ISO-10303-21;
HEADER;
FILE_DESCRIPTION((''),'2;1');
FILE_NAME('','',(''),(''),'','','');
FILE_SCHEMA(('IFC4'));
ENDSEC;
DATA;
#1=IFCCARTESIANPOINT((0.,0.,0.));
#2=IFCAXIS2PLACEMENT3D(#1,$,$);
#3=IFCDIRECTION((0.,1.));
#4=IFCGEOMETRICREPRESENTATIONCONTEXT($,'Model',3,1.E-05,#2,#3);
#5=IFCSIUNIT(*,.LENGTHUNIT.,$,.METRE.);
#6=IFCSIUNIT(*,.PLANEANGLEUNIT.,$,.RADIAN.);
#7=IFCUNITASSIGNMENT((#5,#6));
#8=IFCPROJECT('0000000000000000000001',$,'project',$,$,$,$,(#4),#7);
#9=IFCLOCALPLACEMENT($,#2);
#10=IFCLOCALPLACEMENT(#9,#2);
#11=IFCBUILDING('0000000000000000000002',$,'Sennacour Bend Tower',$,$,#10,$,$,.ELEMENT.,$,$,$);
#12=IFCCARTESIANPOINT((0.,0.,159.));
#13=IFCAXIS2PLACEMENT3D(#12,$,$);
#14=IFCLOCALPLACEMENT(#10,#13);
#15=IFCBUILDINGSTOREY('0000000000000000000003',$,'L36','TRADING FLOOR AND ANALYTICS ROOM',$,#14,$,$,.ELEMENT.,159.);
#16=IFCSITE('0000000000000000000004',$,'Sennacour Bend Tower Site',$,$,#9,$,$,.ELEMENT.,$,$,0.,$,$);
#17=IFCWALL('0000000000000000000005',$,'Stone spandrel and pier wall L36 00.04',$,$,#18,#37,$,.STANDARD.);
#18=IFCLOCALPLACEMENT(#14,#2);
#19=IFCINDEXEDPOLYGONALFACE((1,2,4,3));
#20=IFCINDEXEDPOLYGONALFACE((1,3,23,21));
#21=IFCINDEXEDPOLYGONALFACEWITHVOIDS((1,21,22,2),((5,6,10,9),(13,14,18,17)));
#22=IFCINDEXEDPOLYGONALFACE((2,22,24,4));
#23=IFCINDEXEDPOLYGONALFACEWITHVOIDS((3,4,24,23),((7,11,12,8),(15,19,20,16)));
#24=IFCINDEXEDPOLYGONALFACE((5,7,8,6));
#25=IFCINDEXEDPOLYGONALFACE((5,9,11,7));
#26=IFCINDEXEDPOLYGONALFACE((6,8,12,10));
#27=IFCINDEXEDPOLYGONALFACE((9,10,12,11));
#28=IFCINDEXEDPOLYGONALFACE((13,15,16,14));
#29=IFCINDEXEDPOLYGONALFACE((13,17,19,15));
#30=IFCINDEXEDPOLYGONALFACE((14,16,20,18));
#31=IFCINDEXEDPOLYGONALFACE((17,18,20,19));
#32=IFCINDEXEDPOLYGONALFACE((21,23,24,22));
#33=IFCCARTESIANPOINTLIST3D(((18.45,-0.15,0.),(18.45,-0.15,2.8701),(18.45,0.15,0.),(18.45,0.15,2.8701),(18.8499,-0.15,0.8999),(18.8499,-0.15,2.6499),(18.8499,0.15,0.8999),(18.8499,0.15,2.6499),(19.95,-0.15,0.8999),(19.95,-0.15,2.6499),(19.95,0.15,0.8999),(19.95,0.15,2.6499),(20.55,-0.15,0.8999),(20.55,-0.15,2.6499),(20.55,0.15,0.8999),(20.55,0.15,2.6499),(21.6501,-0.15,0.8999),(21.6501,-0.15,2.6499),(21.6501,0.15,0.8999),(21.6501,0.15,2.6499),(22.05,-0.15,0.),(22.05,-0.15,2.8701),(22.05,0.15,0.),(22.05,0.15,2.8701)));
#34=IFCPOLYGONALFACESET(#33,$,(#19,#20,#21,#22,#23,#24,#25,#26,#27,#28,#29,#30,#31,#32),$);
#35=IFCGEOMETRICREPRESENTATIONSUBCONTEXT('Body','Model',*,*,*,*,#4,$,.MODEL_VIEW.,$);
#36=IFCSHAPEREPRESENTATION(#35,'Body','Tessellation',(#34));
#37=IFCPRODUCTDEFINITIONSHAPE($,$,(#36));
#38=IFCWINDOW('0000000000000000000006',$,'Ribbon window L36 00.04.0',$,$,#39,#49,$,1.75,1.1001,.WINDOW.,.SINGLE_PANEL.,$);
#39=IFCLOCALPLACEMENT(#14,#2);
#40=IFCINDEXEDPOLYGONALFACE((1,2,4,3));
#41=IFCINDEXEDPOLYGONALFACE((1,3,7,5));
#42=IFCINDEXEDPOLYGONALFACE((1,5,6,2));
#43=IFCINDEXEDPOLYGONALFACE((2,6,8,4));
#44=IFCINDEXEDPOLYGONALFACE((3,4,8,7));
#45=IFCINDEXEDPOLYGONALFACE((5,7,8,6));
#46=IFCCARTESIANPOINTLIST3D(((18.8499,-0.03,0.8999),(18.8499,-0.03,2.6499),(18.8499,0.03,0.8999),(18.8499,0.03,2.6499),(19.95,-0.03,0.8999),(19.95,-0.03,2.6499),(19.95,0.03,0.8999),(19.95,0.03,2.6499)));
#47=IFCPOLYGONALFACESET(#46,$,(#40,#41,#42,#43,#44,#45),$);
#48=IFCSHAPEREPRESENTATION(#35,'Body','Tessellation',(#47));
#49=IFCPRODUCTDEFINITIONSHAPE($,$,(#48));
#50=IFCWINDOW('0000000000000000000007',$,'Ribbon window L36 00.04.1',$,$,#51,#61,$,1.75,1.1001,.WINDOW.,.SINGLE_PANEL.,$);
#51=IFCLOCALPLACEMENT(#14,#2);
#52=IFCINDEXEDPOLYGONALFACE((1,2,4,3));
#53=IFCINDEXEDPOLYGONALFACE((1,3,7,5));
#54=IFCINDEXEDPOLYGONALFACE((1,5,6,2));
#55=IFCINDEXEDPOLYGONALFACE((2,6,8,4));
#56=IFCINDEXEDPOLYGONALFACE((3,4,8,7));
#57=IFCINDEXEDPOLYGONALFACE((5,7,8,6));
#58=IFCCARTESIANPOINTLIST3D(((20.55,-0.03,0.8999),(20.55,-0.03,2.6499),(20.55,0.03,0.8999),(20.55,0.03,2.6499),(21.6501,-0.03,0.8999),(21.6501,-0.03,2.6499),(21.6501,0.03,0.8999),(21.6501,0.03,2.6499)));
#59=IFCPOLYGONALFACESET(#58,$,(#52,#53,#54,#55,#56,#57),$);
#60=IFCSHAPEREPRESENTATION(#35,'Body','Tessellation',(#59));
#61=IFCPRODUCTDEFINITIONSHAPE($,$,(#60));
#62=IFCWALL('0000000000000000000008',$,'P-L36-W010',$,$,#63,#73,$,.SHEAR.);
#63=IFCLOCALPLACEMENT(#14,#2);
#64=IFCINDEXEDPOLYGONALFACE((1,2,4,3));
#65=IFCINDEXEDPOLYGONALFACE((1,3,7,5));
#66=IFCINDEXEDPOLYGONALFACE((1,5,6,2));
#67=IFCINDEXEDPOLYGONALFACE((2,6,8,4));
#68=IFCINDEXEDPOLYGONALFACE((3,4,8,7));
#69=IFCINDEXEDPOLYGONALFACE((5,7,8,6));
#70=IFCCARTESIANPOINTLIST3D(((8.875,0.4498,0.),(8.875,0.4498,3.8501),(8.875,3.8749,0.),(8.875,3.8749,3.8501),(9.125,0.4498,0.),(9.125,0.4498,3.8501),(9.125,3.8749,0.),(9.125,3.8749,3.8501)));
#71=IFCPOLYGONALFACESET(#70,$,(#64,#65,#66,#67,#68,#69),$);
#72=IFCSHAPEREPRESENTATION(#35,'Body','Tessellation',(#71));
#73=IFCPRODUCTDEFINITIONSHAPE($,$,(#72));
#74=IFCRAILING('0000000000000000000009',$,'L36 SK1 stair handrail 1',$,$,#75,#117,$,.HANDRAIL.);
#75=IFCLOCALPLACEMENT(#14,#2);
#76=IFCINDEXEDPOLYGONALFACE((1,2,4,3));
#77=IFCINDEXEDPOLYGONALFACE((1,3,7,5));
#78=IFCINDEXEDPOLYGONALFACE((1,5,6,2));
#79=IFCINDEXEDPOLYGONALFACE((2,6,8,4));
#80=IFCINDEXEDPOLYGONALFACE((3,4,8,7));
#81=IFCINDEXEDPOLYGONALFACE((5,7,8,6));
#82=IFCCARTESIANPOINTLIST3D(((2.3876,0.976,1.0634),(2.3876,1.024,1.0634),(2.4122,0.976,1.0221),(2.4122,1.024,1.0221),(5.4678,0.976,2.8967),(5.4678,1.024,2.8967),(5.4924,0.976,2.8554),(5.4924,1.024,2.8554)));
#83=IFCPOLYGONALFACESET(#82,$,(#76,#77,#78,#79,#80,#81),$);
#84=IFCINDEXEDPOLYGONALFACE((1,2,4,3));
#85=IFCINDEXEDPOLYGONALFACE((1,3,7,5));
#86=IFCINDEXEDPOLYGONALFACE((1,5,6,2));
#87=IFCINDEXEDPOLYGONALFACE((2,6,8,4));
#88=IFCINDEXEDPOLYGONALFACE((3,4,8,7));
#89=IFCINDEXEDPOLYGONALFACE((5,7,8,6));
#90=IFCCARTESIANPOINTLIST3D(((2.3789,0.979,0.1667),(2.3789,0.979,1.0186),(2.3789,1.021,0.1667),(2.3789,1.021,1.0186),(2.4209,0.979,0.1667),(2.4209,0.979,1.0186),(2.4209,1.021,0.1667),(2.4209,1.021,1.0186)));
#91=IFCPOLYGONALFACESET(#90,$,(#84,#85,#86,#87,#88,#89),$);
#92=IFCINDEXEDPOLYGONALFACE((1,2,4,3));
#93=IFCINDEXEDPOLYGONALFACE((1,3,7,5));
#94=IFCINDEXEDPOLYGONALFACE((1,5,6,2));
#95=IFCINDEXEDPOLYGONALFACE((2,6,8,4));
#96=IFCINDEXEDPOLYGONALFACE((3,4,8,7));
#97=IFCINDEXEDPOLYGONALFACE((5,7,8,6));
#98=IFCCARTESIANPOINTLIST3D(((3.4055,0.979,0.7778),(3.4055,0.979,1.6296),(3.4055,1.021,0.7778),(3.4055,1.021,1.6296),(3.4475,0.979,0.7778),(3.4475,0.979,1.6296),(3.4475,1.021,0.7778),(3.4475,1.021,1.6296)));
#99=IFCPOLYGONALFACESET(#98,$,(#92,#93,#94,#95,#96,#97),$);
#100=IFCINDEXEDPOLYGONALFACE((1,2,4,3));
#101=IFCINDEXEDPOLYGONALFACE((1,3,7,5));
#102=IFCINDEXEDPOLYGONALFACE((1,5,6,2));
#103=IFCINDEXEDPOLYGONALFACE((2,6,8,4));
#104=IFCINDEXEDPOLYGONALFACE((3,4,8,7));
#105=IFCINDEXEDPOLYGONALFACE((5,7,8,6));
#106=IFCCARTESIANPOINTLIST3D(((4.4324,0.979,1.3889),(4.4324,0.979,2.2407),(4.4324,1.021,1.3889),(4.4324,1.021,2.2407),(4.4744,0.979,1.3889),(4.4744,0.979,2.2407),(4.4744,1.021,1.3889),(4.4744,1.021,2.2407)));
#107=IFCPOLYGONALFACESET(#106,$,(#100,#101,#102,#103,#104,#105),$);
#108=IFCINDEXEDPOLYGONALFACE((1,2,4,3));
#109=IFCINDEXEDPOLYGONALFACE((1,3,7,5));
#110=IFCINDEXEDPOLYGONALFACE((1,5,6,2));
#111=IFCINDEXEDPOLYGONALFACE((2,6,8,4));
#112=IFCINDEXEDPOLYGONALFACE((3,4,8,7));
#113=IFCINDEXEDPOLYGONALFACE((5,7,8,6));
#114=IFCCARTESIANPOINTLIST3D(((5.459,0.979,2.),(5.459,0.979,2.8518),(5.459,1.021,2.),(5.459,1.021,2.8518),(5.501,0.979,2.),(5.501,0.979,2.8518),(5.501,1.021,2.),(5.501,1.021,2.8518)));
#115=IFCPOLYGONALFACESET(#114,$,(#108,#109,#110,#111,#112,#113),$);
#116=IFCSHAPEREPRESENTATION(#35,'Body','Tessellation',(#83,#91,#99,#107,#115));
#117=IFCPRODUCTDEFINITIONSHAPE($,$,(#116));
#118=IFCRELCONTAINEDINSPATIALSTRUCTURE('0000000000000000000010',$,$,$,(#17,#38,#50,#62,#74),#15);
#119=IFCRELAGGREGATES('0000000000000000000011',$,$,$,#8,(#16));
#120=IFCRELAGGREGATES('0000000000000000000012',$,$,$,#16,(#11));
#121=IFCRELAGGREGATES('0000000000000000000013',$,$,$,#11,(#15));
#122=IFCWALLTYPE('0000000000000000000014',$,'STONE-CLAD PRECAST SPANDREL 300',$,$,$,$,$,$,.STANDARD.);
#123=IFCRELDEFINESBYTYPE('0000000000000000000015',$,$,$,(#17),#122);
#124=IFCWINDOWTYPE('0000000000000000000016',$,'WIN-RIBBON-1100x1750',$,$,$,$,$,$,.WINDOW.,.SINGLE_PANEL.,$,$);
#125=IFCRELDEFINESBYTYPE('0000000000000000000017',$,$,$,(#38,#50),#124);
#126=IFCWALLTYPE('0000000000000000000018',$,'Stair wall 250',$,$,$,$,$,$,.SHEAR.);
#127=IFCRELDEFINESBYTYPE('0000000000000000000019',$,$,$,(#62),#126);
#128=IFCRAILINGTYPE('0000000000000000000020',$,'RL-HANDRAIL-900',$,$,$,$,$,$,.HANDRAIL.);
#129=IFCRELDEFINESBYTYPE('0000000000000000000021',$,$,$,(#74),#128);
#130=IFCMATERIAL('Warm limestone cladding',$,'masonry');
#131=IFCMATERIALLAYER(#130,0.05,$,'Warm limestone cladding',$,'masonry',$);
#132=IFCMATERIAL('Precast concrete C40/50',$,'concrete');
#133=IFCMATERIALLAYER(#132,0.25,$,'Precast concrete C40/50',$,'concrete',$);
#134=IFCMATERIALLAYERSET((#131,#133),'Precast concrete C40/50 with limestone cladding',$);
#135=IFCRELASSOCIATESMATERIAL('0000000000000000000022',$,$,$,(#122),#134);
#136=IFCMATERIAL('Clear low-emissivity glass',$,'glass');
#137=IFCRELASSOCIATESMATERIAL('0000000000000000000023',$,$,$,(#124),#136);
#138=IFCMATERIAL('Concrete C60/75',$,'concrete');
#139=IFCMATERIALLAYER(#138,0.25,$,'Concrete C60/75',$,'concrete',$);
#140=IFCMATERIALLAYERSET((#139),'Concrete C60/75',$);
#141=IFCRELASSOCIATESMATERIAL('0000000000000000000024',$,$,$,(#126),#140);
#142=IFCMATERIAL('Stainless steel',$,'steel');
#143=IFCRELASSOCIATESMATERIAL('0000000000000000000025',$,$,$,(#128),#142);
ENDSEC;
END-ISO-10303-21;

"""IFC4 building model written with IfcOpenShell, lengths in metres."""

from ifc_helpers import new_model, si_unit, direction, frame, frame_2d, origin, origin_2d, place, context, subcontext, project, spatial, rectangle, extrude, material, layer, layer_set, type_object, element, fill, save


model = new_model("IFC4")

# Units and contexts
model_context = context("Model", 3, precision=1e-05, world=origin(), true_north=direction((0.0, 1.0)))
body_context = subcontext(model_context, "Body", "Model", "MODEL_VIEW")
ifc_project = project(units=[si_unit("LENGTHUNIT", "METRE"), si_unit("PLANEANGLEUNIT", "RADIAN")], contexts=[model_context])

# Site, building, storey
site_placement = place(None, origin())
site = spatial("IfcSite", under=ifc_project, at=site_placement, Name="Sennacour Bend Tower Site", CompositionType="ELEMENT", RefElevation=0.0)
building_placement = place(site_placement, origin())
building = spatial("IfcBuilding", under=site, at=building_placement, Name="Sennacour Bend Tower", CompositionType="ELEMENT")
storey_placement = place(building_placement, frame((0.0, 0.0, 159.0)))
storey = spatial("IfcBuildingStorey", under=building, at=storey_placement, Name="L36", Description="TRADING FLOOR AND ANALYTICS ROOM", CompositionType="ELEMENT", Elevation=159.0)

# Wall, openings, windows
ifc_material_1 = material(Name="Warm limestone cladding", Category="masonry")
ifc_layer_1 = layer(ifc_material_1, 0.05, Name="Warm limestone cladding", Category="masonry")
ifc_material_2 = material(Name="Precast concrete C40/50", Category="concrete")
ifc_layer_2 = layer(ifc_material_2, 0.25, Name="Precast concrete C40/50", Category="concrete")
ifc_layer_set_1 = layer_set([ifc_layer_1, ifc_layer_2], Name="Precast concrete C40/50 with limestone cladding")
wall_type_1 = type_object("IfcWallType", Name="STONE-CLAD PRECAST SPANDREL 300", PredefinedType="STANDARD", material=ifc_layer_set_1)
ifc_material_3 = material(Name="Clear low-emissivity glass", Category="glass")
window_type_1 = type_object("IfcWindowType", Name="WIN-RIBBON-1100x1750", PartitioningType="SINGLE_PANEL", PredefinedType="WINDOW", material=ifc_material_3)
wall_1_placement = place(storey_placement, frame((18.45, 0.0, 0.0), z_axis=(0.0, 0.0, 1.0), x_axis=(1.0, 0.0, 0.0)))
wall_1 = element("IfcWall", 1, at=wall_1_placement, inside=storey, type_object=wall_type_1, Name="Stone spandrel and pier wall L36 00.04", PredefinedType="STANDARD", context=body_context, shape_type="SweptSolid", body=[
    extrude(rectangle(XDim=3.6001, YDim=0.3, at=frame_2d((1.8, 0.0))), origin(), (0.0, 0.0, 1.0), 2.8701),
])
opening_1_placement = place(wall_1_placement, frame((0.3999, 0.0, 0.8999)))
opening_1 = element("IfcOpeningElement", 2, at=opening_1_placement, cuts=wall_1, PredefinedType="OPENING", context=body_context, shape_type="SweptSolid", body=[
    extrude(rectangle(XDim=1.1001, YDim=1.75, at=frame_2d((0.55, 0.875))), frame((0.0, 0.1602, 0.0), z_axis=(0.0, -1.0, 0.0), x_axis=(1.0, 0.0, 0.0)), (0.0, 0.0, 1.0), 0.3201),
])
opening_2_placement = place(wall_1_placement, frame((2.1001, 0.0, 0.8999)))
opening_2 = element("IfcOpeningElement", 3, at=opening_2_placement, cuts=wall_1, PredefinedType="OPENING", context=body_context, shape_type="SweptSolid", body=[
    extrude(rectangle(XDim=1.1001, YDim=1.75, at=frame_2d((0.55, 0.875))), frame((0.0, 0.1602, 0.0), z_axis=(0.0, -1.0, 0.0), x_axis=(1.0, 0.0, 0.0)), (0.0, 0.0, 1.0), 0.3201),
])
window_1_placement = place(opening_1_placement, origin())
window_1 = element("IfcWindow", 4, at=window_1_placement, inside=storey, type_object=window_type_1, Name="Ribbon window L36 00.04.0", OverallHeight=1.75, OverallWidth=1.1001, PartitioningType="SINGLE_PANEL", PredefinedType="WINDOW", context=body_context, shape_type="SweptSolid", body=[
    extrude(rectangle(XDim=1.1001, YDim=1.75, at=frame_2d((0.55, 0.875))), frame((0.0, 0.03, 0.0), z_axis=(0.0, -1.0, 0.0), x_axis=(1.0, 0.0, 0.0)), (0.0, 0.0, 1.0), 0.0601),
])
fill(opening_1, window_1)
window_2_placement = place(opening_2_placement, origin())
window_2 = element("IfcWindow", 5, at=window_2_placement, inside=storey, type_object=window_type_1, Name="Ribbon window L36 00.04.1", OverallHeight=1.75, OverallWidth=1.1001, PartitioningType="SINGLE_PANEL", PredefinedType="WINDOW", context=body_context, shape_type="SweptSolid", body=[
    extrude(rectangle(XDim=1.1001, YDim=1.75, at=frame_2d((0.55, 0.875))), frame((0.0, 0.03, 0.0), z_axis=(0.0, -1.0, 0.0), x_axis=(1.0, 0.0, 0.0)), (0.0, 0.0, 1.0), 0.0601),
])
fill(opening_2, window_2)

# Wall
ifc_material_4 = material(Name="Concrete C60/75", Category="concrete")
ifc_layer_3 = layer(ifc_material_4, 0.25, Name="Concrete C60/75", Category="concrete")
ifc_layer_set_2 = layer_set([ifc_layer_3], Name="Concrete C60/75")
wall_type_2 = type_object("IfcWallType", Name="Stair wall 250", PredefinedType="SHEAR", material=ifc_layer_set_2)
wall_2_placement = place(storey_placement, frame((9.0, 0.45, 0.0), z_axis=(0.0, 0.0, 1.0), x_axis=(0.0, 1.0, 0.0)))
element("IfcWall", 6, at=wall_2_placement, inside=storey, type_object=wall_type_2, Name="P-L36-W010", PredefinedType="SHEAR", context=body_context, shape_type="SweptSolid", body=[
    extrude(rectangle(XDim=3.425, YDim=0.25, at=frame_2d((1.7124, 0.0))), origin(), (0.0, 0.0, 1.0), 3.8501),
])

# Railing
ifc_material_5 = material(Name="Stainless steel", Category="steel")
railing_type = type_object("IfcRailingType", Name="RL-HANDRAIL-900", PredefinedType="HANDRAIL", material=ifc_material_5)
railing_placement = place(storey_placement, frame((2.3999, 1.0, 0.1667)))
element("IfcRailing", 7, at=railing_placement, inside=storey, type_object=railing_type, Name="L36 SK1 stair handrail 1", PredefinedType="HANDRAIL", context=body_context, shape_type="SweptSolid", body=[
    extrude(rectangle(XDim=0.0481, YDim=0.0481, at=origin_2d()), frame((0.0, 0.0, 0.876), z_axis=(0.859309, 0.0, 0.511458), x_axis=(0.0, 1.0, 0.0)), (0.0, 0.0, 1.0), 3.5845),
    extrude(rectangle(XDim=0.042, YDim=0.042, at=origin_2d()), origin(), (0.0, 0.0, 1.0), 0.8518),
    extrude(rectangle(XDim=0.042, YDim=0.042, at=origin_2d()), frame((1.0266, 0.0, 0.6111)), (0.0, 0.0, 1.0), 0.8518),
    extrude(rectangle(XDim=0.042, YDim=0.042, at=origin_2d()), frame((2.0535, 0.0, 1.2222)), (0.0, 0.0, 1.0), 0.8518),
    extrude(rectangle(XDim=0.042, YDim=0.042, at=origin_2d()), frame((3.0801, 0.0, 1.8333)), (0.0, 0.0, 1.0), 0.8518),
])

save(model, "model.ifc")
